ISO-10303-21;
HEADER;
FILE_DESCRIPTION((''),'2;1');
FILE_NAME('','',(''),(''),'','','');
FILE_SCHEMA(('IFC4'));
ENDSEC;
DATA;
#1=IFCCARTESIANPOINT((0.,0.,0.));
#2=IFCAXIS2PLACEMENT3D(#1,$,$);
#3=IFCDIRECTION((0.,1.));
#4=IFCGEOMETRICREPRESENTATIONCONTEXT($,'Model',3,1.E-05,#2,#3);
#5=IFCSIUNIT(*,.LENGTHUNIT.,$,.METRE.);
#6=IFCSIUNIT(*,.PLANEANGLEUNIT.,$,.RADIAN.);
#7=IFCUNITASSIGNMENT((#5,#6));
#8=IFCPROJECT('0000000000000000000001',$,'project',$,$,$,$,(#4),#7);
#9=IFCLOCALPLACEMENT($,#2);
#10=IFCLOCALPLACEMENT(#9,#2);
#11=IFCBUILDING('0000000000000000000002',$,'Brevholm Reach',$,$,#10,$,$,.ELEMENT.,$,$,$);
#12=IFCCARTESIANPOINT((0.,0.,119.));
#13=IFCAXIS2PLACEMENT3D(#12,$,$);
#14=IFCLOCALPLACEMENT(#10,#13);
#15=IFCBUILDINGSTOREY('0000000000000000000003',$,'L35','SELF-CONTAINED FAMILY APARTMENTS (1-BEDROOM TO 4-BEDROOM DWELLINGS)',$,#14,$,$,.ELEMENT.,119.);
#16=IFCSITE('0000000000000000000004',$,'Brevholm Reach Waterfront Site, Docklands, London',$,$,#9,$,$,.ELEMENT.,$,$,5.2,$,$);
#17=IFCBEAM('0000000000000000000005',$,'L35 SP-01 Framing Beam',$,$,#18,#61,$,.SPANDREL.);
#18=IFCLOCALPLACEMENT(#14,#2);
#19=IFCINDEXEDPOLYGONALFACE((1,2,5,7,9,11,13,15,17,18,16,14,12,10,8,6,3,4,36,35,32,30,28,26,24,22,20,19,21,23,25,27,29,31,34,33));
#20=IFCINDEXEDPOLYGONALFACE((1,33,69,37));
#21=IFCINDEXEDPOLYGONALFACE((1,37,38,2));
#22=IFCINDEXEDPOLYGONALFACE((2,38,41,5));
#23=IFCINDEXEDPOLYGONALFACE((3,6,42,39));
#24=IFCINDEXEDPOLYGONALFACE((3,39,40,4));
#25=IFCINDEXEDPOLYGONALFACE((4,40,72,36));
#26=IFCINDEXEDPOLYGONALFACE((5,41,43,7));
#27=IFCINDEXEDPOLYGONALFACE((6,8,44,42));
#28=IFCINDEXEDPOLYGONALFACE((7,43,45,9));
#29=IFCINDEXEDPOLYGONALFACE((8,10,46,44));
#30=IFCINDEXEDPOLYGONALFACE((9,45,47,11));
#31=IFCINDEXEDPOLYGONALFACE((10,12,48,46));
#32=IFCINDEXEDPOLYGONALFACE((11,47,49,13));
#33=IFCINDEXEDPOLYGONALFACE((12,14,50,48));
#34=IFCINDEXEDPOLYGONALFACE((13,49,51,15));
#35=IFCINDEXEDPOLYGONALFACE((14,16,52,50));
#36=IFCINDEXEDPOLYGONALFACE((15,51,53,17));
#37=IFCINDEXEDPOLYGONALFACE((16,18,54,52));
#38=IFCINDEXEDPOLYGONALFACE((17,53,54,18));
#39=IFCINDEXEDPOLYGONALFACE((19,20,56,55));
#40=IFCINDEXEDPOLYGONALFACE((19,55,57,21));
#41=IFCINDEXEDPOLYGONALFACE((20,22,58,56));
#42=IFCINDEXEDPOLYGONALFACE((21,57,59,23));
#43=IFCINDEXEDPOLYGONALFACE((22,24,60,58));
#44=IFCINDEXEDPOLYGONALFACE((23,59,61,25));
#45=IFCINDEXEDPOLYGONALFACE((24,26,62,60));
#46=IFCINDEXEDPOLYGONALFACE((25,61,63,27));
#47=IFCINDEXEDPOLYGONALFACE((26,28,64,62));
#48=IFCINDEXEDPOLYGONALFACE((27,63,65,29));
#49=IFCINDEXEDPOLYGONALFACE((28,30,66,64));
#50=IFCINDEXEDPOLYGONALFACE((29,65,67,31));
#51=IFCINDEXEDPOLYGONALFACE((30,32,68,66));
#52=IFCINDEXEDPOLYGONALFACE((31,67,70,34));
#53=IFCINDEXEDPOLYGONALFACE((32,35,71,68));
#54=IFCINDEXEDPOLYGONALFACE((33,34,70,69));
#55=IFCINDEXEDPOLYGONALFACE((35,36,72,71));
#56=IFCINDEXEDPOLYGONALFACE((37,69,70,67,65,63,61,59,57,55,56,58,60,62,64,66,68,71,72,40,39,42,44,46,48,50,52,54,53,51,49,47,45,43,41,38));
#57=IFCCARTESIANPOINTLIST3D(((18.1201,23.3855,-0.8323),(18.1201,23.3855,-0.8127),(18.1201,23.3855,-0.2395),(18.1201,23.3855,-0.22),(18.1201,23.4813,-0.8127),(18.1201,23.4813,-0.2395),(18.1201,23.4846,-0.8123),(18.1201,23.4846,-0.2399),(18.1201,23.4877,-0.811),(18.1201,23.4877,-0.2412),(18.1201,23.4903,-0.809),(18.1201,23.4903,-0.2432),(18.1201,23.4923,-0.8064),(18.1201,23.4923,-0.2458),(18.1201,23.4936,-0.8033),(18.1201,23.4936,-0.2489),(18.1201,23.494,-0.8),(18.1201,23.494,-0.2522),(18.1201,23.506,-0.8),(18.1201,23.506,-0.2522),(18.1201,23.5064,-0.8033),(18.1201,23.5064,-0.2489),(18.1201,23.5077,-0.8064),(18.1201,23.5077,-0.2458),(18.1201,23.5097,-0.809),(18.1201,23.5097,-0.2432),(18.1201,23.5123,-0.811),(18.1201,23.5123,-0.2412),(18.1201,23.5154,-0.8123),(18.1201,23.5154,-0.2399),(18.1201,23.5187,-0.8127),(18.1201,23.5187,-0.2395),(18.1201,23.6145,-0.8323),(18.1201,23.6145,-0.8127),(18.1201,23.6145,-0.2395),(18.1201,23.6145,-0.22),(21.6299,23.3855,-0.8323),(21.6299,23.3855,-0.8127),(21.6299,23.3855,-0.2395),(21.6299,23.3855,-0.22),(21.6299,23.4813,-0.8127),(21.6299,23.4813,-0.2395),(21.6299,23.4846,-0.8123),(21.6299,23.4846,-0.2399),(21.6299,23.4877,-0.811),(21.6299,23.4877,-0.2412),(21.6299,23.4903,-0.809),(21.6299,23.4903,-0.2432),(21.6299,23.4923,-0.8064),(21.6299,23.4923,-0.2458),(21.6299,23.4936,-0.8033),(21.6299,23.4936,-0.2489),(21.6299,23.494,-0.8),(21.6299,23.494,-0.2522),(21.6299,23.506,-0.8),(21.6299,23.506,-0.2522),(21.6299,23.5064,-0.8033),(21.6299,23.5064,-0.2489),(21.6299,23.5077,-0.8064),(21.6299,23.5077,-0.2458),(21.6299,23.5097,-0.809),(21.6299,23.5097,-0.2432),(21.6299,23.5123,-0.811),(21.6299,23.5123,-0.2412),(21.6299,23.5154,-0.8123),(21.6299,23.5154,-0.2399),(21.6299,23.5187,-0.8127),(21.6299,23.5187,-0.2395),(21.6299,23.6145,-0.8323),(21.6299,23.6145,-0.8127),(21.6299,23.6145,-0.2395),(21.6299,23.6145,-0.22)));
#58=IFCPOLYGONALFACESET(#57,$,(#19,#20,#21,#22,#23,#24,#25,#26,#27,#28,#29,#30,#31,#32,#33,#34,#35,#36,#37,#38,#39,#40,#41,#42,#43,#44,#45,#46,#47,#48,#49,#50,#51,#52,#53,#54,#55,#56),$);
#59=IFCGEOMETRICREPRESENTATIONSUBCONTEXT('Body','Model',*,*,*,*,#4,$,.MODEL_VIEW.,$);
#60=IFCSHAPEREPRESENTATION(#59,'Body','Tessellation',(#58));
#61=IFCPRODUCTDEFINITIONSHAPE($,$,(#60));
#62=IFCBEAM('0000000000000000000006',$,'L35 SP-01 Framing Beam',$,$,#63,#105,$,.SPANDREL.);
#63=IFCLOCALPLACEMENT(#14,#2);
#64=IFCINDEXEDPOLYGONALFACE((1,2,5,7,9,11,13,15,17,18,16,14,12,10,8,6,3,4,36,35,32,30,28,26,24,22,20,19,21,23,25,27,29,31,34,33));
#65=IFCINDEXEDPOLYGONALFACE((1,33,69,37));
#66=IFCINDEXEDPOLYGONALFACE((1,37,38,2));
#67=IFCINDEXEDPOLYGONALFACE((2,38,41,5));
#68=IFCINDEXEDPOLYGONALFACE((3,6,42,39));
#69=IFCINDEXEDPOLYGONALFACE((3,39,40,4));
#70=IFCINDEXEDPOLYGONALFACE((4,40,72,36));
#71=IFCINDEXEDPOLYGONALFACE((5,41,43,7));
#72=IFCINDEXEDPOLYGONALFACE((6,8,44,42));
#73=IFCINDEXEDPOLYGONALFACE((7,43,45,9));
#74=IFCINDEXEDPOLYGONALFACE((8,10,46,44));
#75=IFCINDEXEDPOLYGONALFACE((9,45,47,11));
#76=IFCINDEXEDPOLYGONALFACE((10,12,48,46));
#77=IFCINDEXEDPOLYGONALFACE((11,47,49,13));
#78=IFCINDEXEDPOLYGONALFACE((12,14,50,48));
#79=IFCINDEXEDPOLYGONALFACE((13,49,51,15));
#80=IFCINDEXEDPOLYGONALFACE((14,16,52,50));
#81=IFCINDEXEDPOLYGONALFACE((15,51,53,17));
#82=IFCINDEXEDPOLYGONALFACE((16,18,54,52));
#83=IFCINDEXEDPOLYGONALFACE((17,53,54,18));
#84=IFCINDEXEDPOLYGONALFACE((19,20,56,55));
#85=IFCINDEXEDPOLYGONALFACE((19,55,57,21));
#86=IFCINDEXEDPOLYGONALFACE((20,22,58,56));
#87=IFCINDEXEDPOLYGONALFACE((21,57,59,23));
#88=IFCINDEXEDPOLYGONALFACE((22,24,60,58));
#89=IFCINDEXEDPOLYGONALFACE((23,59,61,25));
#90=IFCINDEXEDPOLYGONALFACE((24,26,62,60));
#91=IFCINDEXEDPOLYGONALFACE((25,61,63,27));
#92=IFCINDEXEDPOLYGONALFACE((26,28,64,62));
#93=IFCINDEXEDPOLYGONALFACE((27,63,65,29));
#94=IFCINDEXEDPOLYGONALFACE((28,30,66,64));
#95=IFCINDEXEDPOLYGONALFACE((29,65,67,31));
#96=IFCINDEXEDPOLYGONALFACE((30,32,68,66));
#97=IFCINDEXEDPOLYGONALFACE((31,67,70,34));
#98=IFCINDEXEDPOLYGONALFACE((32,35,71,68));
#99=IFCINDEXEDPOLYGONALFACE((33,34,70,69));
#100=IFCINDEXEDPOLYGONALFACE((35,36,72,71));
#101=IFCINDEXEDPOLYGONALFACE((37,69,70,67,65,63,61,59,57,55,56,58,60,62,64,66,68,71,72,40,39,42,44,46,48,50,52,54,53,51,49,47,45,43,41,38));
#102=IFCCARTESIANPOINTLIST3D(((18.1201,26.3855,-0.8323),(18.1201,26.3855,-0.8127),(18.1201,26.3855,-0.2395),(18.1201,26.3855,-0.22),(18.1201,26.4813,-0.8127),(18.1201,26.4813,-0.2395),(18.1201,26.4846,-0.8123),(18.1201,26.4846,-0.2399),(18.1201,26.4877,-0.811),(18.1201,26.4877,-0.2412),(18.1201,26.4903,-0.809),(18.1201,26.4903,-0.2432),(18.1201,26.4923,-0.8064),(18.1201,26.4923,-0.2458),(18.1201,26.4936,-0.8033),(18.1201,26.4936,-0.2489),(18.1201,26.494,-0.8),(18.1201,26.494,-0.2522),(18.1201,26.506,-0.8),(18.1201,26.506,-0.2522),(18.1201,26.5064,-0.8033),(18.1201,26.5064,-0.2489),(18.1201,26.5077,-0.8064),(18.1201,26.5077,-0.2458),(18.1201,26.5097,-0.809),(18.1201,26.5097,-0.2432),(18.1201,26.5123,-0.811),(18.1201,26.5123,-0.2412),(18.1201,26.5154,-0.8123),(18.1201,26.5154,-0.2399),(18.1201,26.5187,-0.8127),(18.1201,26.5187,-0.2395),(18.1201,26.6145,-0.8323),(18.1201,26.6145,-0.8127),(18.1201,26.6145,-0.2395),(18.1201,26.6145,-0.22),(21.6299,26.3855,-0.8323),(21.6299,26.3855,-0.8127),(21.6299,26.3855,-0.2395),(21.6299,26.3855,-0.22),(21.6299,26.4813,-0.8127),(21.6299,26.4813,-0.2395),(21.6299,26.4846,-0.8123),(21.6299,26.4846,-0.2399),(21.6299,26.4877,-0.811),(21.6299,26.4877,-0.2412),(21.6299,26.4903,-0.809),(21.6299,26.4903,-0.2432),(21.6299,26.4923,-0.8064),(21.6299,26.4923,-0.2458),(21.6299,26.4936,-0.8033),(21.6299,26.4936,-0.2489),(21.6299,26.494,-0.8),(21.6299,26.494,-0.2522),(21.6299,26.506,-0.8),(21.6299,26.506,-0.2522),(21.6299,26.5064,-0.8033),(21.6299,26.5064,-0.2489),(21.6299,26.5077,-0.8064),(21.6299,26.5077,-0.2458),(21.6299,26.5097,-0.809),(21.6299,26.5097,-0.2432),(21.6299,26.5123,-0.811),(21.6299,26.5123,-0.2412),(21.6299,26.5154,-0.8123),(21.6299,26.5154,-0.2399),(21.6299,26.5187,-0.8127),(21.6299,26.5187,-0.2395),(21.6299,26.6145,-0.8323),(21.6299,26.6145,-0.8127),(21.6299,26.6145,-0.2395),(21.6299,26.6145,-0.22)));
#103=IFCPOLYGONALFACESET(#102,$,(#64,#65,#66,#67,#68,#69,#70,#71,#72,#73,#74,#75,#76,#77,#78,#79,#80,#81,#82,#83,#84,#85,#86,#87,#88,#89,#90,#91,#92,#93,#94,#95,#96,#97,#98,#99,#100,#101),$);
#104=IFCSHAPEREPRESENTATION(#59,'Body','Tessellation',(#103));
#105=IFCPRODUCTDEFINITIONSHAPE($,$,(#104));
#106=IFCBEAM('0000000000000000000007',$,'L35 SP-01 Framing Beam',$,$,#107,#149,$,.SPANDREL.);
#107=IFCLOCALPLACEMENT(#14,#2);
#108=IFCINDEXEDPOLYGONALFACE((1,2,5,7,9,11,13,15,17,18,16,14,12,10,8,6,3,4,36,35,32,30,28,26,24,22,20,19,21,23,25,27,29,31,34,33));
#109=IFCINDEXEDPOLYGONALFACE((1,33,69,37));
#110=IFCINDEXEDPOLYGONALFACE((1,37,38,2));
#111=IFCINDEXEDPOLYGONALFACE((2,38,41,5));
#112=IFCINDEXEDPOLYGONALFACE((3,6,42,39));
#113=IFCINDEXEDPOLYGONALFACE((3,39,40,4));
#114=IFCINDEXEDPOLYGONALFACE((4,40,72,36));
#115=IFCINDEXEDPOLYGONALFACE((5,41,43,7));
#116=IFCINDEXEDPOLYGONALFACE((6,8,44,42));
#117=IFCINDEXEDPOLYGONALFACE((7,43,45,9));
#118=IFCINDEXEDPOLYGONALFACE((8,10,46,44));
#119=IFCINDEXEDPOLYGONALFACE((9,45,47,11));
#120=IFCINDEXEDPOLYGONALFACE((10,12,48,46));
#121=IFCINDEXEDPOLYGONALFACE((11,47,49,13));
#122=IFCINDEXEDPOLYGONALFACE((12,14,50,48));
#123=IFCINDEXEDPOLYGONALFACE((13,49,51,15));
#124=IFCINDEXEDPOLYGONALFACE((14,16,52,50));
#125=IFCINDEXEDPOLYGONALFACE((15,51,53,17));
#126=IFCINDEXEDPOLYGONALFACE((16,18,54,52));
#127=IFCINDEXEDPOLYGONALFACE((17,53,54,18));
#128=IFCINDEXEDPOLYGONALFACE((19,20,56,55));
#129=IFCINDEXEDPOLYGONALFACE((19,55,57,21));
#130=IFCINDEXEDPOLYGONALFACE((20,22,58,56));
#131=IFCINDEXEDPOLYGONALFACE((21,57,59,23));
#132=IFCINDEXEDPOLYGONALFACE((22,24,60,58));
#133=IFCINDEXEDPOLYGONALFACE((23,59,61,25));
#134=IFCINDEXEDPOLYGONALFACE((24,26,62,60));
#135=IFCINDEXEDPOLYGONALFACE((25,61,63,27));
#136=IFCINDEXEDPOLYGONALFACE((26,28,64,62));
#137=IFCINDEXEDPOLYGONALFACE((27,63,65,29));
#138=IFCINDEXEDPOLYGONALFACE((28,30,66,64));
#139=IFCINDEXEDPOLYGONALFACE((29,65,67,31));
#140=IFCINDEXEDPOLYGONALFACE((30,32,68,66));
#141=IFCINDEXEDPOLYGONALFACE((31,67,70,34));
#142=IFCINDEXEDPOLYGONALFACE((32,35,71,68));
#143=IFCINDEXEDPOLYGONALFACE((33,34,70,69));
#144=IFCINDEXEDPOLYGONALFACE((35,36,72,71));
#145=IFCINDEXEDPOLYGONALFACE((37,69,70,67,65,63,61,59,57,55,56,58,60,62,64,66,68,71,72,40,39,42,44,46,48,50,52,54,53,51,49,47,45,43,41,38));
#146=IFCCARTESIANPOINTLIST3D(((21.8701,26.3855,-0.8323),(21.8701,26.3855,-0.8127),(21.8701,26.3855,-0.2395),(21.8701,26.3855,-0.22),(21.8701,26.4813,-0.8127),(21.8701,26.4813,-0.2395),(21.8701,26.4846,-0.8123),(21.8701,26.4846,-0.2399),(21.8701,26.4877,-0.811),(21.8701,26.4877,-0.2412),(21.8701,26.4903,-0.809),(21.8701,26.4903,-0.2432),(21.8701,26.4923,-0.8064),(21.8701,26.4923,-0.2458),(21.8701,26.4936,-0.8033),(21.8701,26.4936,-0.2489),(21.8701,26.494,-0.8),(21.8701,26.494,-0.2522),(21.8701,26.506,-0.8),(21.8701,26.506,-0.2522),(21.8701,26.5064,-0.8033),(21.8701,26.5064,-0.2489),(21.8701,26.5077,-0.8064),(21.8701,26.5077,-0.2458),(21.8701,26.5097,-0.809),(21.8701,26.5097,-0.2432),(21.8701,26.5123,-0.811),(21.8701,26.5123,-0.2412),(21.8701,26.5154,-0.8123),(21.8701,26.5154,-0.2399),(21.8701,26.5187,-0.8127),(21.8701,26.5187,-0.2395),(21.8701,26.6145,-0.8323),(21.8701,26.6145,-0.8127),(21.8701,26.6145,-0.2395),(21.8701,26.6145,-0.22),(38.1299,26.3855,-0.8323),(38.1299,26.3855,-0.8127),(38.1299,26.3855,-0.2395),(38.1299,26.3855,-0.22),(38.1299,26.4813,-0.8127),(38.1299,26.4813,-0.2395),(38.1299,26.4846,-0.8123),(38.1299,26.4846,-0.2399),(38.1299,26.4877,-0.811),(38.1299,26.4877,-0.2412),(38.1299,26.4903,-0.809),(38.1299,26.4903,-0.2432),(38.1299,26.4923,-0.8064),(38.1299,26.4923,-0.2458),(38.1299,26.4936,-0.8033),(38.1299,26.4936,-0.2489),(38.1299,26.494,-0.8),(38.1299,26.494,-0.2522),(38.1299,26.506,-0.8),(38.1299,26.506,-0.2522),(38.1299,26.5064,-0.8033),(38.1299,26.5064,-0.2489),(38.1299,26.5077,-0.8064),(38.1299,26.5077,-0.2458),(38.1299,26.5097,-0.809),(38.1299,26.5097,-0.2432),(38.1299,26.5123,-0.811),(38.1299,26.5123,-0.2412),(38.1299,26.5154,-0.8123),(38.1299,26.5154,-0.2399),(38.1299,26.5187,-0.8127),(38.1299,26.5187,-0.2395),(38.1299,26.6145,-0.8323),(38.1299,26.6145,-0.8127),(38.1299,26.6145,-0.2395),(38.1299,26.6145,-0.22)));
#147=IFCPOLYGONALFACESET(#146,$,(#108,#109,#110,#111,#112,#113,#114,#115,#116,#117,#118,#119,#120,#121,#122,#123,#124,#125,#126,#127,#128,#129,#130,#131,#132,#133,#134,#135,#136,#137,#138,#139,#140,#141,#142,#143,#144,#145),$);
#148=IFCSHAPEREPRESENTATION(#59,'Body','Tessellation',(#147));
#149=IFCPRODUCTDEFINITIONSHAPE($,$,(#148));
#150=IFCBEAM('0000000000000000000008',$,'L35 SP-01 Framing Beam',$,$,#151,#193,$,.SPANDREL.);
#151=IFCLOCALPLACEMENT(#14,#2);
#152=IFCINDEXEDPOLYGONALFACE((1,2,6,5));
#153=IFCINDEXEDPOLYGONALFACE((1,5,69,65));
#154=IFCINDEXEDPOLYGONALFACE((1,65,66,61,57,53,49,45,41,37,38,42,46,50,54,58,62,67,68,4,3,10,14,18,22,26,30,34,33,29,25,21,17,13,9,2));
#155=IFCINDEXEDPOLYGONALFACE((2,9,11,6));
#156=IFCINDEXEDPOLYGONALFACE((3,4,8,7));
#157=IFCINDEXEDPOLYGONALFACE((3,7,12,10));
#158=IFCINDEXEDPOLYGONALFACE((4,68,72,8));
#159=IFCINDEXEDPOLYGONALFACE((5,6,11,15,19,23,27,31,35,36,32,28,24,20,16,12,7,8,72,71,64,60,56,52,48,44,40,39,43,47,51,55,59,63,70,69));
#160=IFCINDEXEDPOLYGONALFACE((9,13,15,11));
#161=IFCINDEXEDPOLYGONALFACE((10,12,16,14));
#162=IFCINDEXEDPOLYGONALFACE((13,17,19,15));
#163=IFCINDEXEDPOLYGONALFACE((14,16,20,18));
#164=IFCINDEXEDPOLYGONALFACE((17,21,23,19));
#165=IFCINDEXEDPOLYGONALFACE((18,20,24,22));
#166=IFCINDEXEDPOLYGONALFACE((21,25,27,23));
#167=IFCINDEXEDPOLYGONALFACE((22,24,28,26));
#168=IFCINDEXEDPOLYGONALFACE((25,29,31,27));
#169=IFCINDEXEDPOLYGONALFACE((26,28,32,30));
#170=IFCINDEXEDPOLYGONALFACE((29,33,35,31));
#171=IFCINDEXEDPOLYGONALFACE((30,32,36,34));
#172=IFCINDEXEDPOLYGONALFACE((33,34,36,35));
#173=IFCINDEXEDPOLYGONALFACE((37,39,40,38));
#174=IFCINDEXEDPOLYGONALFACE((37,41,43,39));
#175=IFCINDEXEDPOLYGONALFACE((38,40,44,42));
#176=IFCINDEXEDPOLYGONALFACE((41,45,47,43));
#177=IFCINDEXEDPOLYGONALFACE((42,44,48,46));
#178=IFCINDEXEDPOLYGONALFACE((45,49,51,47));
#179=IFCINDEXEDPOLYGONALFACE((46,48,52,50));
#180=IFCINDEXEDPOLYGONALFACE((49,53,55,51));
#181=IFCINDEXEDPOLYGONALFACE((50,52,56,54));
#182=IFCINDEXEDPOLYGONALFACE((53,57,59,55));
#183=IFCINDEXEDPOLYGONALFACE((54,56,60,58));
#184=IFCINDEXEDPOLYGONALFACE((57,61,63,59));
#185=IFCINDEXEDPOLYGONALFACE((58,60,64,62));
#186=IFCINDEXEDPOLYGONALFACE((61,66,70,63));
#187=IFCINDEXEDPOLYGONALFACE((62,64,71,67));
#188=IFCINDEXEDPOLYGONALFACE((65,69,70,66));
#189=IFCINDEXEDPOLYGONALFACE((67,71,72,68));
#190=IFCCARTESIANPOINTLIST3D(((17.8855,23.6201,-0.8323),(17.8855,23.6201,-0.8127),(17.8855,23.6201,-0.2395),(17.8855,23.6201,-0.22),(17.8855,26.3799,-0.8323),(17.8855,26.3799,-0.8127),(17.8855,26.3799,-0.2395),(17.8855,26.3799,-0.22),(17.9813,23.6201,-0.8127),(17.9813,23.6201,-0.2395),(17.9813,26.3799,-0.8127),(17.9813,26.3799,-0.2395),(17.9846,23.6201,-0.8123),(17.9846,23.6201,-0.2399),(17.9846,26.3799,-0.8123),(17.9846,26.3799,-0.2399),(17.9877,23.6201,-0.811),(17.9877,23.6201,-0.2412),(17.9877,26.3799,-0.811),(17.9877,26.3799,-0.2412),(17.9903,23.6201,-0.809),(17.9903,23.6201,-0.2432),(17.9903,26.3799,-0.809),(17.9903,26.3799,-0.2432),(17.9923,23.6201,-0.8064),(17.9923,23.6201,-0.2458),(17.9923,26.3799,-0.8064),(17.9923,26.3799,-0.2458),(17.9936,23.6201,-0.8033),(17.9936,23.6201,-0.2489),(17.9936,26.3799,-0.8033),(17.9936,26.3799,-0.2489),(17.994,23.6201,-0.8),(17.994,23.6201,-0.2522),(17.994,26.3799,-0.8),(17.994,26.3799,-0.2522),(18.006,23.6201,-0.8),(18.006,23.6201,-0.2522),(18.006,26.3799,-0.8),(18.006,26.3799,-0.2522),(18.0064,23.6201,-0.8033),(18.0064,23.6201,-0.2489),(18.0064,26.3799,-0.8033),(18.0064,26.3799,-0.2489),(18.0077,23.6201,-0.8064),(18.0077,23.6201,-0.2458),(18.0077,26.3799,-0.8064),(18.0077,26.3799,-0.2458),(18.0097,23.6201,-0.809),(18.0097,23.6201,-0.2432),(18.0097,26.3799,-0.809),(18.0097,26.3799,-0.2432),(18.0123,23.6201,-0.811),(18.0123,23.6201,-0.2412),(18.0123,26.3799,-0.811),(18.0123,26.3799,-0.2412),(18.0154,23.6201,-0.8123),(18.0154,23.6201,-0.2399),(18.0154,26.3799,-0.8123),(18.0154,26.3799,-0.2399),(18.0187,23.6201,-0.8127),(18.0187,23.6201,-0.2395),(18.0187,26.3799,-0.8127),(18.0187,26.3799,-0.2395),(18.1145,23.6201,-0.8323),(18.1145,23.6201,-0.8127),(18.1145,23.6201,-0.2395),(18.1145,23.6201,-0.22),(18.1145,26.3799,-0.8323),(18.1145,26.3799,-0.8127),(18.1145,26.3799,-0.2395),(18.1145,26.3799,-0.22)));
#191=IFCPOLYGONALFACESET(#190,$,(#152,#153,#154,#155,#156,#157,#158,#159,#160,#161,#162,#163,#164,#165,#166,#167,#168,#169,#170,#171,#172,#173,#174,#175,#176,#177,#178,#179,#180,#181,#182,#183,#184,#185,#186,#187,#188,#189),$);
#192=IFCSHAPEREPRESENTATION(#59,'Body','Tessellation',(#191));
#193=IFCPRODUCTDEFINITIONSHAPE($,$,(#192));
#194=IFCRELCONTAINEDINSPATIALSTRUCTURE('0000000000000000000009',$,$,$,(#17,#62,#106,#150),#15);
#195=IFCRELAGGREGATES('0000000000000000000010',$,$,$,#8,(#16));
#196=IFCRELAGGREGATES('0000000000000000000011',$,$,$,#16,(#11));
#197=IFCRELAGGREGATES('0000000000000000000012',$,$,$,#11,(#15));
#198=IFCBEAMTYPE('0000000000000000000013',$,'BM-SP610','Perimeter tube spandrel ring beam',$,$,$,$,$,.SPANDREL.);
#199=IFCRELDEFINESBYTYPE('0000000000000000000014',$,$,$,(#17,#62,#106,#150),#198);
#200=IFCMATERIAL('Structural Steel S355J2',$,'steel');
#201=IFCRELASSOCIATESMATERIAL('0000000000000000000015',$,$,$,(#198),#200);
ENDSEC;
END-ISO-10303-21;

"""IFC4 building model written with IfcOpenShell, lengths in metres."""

from ifc_helpers import new_model, si_unit, direction, frame, origin, origin_2d, place, context, subcontext, project, spatial, i_section, extrude, material, material_profile, profile_set, type_object, element, save


model = new_model("IFC4")

# Units and contexts
model_context = context("Model", 3, precision=1e-05, world=origin(), true_north=direction((0.0, 1.0)))
body_context = subcontext(model_context, "Body", "Model", "MODEL_VIEW")
ifc_project = project(units=[si_unit("LENGTHUNIT", "METRE"), si_unit("PLANEANGLEUNIT", "RADIAN")], contexts=[model_context])

# Site, building, storey
site_placement = place(None, origin())
site = spatial("IfcSite", under=ifc_project, at=site_placement, Name="Brevholm Reach Waterfront Site, Docklands, London", CompositionType="ELEMENT", RefElevation=5.2)
building_placement = place(site_placement, origin())
building = spatial("IfcBuilding", under=site, at=building_placement, Name="Brevholm Reach", CompositionType="ELEMENT")
storey_placement = place(building_placement, frame((0.0, 0.0, 119.0)))
storey = spatial("IfcBuildingStorey", under=building, at=storey_placement, Name="L35", Description="SELF-CONTAINED FAMILY APARTMENTS (1-BEDROOM TO 4-BEDROOM DWELLINGS)", CompositionType="ELEMENT", Elevation=119.0)

# Beams
ifc_material_1 = material(Name="Structural Steel S355J2", Category="steel")
ifc_material_profile_1 = material_profile(ifc_material_1, i_section(OverallWidth=0.229, OverallDepth=0.6123, WebThickness=0.012, FlangeThickness=0.0195, FilletRadius=0.0127, at=origin_2d()), Name="UKB 610x229x125")
ifc_profile_set_1 = profile_set([ifc_material_profile_1], Name="Structural Steel S355J2")
beam_type_1 = type_object("IfcBeamType", Name="BM-SP610", Description="Perimeter tube spandrel ring beam", PredefinedType="SPANDREL", material=ifc_profile_set_1)
for number, where, z_axis, x_axis, name in (
    (1, (18.1201, 23.5, -0.5261), (1.0, 0.0, 0.0), (0.0, 1.0, 0.0), "L35 SP-01 Framing Beam"),
    (2, (18.1201, 26.5, -0.5261), (1.0, 0.0, 0.0), (0.0, 1.0, 0.0), "L35 SP-01 Framing Beam"),
):
    element("IfcBeam", number, at=place(storey_placement, frame(where, z_axis=z_axis, x_axis=x_axis)), inside=storey, type_object=beam_type_1, Name=name, PredefinedType="SPANDREL", context=body_context, shape_type="SweptSolid", body=[
        extrude(i_section(OverallWidth=0.229, OverallDepth=0.6123, WebThickness=0.012, FlangeThickness=0.0195, FilletRadius=0.0127, at=origin_2d()), origin(), (0.0, 0.0, 1.0), 3.5098),
    ])
beam_1_placement = place(storey_placement, frame((21.8701, 26.5, -0.5261), z_axis=(1.0, 0.0, 0.0), x_axis=(0.0, 1.0, 0.0)))
element("IfcBeam", 3, at=beam_1_placement, inside=storey, type_object=beam_type_1, Name="L35 SP-01 Framing Beam", PredefinedType="SPANDREL", context=body_context, shape_type="SweptSolid", body=[
    extrude(i_section(OverallWidth=0.229, OverallDepth=0.6123, WebThickness=0.012, FlangeThickness=0.0195, FilletRadius=0.0127, at=origin_2d()), origin(), (0.0, 0.0, 1.0), 16.2598),
])
beam_2_placement = place(storey_placement, frame((18.0, 23.6201, -0.5261), z_axis=(0.0, 1.0, 0.0), x_axis=(-1.0, 0.0, 0.0)))
element("IfcBeam", 4, at=beam_2_placement, inside=storey, type_object=beam_type_1, Name="L35 SP-01 Framing Beam", PredefinedType="SPANDREL", context=body_context, shape_type="SweptSolid", body=[
    extrude(i_section(OverallWidth=0.229, OverallDepth=0.6123, WebThickness=0.012, FlangeThickness=0.0195, FilletRadius=0.0127, at=origin_2d()), origin(), (0.0, 0.0, 1.0), 2.7598),
])

save(model, "model.ifc")
